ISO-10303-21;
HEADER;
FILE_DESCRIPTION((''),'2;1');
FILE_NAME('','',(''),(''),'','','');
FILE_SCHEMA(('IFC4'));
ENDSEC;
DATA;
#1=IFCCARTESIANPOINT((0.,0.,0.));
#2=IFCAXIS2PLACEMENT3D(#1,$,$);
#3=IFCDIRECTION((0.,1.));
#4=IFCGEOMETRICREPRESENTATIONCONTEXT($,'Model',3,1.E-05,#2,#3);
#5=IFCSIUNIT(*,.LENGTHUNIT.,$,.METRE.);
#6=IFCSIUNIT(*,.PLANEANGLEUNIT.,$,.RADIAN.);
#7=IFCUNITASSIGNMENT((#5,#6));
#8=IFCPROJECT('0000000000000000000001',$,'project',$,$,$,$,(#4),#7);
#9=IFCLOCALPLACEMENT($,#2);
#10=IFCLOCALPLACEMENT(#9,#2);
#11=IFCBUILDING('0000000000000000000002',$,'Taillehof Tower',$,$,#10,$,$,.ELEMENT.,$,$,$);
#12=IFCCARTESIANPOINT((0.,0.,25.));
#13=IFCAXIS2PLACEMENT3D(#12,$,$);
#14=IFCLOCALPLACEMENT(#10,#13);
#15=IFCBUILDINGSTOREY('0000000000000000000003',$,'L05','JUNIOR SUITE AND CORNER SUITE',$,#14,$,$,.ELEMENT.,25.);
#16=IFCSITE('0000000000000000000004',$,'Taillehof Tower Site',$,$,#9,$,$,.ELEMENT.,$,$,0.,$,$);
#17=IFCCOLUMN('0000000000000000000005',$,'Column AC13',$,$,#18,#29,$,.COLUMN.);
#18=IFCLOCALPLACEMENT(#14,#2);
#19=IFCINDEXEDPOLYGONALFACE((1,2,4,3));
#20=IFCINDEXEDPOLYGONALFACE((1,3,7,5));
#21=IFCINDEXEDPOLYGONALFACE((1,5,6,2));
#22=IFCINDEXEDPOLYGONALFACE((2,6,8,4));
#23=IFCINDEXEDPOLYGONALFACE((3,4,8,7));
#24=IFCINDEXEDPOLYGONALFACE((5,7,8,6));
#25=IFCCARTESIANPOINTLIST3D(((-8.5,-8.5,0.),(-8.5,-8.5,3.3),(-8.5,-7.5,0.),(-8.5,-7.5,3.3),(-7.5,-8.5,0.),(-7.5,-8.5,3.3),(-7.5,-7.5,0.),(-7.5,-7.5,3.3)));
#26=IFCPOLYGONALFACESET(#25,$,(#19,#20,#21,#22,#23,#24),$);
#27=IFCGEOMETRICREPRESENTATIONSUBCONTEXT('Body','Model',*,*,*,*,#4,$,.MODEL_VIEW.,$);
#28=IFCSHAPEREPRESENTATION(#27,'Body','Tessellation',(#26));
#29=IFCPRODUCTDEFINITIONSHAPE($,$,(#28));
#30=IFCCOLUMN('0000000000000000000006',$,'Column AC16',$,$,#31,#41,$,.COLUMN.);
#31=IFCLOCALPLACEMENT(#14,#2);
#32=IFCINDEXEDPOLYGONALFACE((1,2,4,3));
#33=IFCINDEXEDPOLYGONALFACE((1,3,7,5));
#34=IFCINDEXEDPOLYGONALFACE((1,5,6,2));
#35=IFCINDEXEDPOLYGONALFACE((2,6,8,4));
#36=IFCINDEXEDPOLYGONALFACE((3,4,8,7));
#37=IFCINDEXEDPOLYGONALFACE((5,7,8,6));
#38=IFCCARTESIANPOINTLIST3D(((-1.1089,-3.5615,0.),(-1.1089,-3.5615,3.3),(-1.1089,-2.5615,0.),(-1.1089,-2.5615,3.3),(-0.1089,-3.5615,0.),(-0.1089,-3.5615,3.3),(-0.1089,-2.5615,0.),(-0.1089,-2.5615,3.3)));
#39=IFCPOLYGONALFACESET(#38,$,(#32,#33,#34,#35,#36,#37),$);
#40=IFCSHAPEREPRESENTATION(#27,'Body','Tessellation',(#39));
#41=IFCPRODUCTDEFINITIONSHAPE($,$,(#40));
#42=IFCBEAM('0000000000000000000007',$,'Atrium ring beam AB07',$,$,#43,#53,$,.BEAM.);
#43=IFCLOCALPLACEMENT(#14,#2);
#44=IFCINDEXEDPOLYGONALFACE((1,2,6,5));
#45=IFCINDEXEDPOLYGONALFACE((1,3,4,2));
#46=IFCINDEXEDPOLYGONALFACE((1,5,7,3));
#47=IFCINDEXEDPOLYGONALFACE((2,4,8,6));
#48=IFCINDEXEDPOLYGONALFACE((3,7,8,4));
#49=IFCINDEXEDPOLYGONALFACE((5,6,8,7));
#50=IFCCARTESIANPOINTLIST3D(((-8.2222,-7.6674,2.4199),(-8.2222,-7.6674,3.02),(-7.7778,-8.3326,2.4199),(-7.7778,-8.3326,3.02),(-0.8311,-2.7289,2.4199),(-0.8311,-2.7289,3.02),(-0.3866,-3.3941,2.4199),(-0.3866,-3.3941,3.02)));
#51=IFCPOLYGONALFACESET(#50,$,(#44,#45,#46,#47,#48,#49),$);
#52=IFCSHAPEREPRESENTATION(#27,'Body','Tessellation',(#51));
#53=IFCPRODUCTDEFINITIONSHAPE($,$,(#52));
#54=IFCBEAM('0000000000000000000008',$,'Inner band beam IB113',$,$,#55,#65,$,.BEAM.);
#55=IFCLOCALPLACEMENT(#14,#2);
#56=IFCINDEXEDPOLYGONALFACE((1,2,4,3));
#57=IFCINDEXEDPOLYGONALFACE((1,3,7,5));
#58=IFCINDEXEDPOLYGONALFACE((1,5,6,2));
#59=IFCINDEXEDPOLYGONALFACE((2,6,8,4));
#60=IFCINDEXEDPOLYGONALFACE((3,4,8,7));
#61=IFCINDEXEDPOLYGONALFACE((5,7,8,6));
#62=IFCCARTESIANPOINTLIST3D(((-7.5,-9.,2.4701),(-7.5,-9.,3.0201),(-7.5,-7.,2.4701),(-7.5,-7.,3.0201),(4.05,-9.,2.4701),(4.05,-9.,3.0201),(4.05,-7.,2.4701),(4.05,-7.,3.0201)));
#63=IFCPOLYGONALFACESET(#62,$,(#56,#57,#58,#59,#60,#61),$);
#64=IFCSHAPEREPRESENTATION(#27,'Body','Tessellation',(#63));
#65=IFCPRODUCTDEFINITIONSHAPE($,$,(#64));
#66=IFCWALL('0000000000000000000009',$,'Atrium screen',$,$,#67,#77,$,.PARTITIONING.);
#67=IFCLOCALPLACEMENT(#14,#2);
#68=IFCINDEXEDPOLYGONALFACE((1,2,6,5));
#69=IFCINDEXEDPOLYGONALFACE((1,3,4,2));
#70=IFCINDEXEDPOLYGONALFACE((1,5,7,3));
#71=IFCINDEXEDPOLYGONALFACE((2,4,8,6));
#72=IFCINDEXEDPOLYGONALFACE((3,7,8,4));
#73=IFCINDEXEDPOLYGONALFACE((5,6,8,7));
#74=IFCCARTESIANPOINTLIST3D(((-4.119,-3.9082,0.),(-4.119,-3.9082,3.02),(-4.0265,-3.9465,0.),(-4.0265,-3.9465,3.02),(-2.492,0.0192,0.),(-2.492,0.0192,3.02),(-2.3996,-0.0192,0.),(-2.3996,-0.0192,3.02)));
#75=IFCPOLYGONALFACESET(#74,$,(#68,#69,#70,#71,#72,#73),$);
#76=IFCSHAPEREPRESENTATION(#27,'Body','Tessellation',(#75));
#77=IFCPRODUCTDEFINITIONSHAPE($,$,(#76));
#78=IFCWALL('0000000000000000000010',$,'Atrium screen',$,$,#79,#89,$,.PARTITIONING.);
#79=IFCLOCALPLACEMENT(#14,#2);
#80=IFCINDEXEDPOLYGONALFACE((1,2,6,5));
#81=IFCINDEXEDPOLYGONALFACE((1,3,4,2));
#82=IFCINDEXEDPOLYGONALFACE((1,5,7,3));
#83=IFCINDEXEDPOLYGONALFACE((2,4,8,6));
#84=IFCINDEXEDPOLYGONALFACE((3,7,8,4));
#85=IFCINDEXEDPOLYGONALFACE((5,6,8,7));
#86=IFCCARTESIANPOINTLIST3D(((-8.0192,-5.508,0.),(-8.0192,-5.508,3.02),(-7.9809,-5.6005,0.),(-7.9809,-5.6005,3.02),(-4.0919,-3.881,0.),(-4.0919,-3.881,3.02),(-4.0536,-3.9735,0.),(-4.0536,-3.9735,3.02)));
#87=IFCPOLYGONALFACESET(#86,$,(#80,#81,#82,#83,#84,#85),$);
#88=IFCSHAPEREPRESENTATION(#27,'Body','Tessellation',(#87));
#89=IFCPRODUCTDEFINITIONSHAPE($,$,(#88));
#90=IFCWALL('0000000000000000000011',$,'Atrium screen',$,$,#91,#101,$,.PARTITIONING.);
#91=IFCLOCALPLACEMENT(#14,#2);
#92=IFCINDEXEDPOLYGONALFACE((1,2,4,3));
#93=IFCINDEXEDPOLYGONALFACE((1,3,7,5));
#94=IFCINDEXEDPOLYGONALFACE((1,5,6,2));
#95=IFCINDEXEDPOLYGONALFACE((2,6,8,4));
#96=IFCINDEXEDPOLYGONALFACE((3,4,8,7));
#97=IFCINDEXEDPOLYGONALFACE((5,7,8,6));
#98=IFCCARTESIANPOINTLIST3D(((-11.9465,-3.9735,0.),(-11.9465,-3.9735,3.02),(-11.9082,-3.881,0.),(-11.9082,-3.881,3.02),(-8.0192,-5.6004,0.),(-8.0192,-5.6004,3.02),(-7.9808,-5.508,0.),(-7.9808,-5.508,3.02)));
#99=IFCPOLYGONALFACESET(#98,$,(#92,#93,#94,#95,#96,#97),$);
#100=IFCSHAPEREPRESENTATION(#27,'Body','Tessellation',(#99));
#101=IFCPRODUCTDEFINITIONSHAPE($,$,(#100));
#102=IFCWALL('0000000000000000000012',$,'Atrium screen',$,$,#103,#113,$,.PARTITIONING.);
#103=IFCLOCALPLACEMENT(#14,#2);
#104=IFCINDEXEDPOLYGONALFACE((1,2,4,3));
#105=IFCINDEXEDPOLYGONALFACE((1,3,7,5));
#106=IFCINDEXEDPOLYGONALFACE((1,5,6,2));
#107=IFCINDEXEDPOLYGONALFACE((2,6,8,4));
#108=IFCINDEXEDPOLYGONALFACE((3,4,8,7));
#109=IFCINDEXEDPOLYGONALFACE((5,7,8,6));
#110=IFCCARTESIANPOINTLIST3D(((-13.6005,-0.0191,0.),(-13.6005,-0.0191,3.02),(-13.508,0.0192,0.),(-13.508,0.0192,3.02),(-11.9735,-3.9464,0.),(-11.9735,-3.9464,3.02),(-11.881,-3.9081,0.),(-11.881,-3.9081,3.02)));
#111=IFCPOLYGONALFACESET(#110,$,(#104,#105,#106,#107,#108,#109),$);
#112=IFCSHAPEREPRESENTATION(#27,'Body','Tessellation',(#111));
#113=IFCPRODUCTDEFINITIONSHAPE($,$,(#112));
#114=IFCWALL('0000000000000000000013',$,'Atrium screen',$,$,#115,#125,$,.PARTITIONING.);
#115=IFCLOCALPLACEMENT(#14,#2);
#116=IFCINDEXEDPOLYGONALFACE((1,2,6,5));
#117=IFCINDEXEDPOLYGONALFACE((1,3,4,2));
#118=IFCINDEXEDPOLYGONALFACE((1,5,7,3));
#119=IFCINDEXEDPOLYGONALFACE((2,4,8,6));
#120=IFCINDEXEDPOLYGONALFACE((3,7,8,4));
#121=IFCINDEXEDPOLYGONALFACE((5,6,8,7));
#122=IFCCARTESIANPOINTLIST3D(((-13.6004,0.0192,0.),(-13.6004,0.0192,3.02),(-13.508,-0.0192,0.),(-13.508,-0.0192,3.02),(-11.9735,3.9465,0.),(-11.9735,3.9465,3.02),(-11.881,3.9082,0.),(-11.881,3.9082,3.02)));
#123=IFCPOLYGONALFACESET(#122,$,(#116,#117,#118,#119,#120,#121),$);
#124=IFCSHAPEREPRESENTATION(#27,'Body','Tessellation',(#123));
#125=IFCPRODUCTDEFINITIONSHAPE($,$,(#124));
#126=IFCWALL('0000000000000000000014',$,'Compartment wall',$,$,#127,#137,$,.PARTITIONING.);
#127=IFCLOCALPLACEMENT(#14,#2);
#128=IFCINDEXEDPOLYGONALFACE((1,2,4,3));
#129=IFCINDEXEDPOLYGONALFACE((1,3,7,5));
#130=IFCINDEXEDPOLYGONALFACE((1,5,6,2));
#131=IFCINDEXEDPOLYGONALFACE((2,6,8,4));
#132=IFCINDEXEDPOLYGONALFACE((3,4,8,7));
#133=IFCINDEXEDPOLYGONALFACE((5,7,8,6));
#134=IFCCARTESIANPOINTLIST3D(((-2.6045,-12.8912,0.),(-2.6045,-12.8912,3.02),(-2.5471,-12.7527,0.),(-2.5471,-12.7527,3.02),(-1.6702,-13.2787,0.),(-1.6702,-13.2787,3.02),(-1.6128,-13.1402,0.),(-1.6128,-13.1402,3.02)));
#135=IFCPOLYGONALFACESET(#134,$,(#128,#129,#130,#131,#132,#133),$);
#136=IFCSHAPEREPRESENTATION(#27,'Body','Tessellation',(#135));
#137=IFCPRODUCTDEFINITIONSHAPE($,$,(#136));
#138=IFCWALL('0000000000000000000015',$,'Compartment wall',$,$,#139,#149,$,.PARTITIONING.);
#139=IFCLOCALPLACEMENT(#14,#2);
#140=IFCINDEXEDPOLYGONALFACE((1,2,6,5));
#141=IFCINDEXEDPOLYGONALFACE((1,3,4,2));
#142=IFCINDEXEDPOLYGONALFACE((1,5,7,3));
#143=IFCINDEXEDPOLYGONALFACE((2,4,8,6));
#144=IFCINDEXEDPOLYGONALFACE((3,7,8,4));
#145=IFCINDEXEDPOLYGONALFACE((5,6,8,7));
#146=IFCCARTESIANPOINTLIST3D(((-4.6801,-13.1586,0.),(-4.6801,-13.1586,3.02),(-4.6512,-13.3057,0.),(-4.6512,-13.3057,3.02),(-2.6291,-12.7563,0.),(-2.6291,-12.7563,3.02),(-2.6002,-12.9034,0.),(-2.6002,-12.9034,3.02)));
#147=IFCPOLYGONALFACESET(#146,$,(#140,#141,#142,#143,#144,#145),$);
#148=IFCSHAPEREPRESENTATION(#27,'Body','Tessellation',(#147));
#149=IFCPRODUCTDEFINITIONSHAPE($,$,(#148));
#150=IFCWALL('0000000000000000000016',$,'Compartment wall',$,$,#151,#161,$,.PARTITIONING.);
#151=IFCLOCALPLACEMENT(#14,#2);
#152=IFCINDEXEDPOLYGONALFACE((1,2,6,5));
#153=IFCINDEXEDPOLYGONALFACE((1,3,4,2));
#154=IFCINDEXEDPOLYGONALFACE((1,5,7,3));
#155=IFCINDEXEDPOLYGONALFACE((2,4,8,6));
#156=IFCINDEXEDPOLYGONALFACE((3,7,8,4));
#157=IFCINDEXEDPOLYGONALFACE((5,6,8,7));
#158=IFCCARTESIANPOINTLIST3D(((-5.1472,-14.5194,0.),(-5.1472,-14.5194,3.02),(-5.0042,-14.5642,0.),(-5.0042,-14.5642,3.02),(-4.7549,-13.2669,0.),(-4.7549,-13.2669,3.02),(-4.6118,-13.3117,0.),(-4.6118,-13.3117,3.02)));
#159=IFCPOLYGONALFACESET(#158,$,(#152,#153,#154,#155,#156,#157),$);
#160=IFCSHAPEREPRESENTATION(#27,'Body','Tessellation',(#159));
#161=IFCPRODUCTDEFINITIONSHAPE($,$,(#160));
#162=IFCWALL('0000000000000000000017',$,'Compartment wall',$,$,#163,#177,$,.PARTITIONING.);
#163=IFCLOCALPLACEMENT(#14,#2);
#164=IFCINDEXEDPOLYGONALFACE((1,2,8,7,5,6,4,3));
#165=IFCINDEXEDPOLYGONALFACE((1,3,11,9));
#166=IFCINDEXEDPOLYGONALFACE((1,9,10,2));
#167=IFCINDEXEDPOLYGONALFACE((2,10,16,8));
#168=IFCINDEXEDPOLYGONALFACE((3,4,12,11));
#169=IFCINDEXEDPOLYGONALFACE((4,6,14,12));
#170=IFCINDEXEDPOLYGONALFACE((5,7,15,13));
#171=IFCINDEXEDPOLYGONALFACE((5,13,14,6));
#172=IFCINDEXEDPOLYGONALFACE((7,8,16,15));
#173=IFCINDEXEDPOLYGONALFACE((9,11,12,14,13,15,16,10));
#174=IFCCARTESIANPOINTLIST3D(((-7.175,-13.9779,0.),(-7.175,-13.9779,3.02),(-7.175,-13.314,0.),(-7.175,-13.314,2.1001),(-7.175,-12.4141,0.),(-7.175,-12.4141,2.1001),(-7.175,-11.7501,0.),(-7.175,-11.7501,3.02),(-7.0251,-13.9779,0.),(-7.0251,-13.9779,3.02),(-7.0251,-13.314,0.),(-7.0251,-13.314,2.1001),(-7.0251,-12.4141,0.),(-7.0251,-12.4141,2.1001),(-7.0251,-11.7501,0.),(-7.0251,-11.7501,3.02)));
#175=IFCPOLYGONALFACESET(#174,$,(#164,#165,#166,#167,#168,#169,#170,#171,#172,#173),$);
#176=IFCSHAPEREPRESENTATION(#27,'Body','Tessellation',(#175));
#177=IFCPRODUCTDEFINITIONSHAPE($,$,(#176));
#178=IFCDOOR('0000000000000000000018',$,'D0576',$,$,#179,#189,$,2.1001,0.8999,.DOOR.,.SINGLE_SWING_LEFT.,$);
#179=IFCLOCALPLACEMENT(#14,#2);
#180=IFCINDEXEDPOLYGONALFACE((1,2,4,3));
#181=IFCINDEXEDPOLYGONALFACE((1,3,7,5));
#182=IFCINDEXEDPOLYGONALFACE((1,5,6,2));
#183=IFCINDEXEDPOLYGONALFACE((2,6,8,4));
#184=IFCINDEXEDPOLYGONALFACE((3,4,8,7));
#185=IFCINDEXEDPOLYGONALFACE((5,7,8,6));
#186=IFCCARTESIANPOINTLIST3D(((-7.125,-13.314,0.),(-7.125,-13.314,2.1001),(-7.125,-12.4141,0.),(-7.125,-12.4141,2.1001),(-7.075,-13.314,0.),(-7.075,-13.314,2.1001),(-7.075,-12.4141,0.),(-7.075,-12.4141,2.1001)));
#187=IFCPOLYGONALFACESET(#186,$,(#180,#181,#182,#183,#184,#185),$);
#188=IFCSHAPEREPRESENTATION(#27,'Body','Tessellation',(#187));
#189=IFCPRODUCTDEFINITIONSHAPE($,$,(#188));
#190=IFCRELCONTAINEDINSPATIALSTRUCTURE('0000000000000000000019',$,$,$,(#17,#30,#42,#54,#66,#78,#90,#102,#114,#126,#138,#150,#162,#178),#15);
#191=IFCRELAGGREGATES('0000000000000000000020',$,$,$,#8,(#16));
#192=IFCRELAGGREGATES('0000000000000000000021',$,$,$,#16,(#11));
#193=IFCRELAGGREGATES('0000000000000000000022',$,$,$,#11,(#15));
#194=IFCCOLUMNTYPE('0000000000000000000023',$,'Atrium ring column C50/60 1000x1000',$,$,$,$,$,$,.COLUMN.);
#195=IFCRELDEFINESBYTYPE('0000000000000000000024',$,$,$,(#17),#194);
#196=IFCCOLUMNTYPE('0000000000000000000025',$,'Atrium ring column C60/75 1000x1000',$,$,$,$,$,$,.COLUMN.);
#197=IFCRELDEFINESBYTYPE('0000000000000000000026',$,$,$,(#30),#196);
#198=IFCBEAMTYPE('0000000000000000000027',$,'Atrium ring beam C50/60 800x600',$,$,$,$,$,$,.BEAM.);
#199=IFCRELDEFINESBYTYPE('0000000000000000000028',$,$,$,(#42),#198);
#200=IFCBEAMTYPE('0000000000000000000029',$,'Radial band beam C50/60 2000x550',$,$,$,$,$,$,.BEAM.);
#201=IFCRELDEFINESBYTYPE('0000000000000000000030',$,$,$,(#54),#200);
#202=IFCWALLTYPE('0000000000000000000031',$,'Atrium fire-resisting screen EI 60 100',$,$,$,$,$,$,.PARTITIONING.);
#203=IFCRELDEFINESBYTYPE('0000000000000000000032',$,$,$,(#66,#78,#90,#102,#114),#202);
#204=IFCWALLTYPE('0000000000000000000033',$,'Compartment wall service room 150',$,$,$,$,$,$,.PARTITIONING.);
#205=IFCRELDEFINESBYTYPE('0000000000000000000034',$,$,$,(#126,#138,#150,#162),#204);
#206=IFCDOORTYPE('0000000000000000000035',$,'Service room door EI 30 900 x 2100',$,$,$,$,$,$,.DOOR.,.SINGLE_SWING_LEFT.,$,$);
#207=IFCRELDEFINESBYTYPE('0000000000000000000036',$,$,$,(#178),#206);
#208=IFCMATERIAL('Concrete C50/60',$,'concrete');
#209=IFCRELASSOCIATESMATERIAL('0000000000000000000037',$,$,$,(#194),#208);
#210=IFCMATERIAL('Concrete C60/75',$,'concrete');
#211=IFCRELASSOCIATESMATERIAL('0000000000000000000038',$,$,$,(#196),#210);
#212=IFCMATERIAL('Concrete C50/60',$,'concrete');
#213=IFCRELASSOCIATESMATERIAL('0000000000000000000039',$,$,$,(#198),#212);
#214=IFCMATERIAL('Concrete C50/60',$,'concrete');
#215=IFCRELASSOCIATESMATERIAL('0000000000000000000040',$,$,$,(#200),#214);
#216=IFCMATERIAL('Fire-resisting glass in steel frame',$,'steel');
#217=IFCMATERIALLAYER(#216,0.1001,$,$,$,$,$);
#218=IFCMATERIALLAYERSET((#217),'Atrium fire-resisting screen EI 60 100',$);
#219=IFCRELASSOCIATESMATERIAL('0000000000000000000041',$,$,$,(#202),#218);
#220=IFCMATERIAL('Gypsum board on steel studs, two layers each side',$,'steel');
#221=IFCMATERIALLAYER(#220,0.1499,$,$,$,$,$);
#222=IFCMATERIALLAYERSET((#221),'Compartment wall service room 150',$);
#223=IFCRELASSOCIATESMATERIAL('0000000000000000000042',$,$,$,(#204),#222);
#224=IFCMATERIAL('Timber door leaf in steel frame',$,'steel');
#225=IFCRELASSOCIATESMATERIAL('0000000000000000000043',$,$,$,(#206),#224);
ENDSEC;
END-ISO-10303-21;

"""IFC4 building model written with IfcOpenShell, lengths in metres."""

from ifc_helpers import new_model, si_unit, direction, frame, frame_2d, origin, origin_2d, place, context, subcontext, project, spatial, rectangle, extrude, material, layer, layer_set, material_profile, profile_set, type_object, element, fill, save


model = new_model("IFC4")

# Units and contexts
model_context = context("Model", 3, precision=1e-05, world=origin(), true_north=direction((0.0, 1.0)))
body_context = subcontext(model_context, "Body", "Model", "MODEL_VIEW")
ifc_project = project(units=[si_unit("LENGTHUNIT", "METRE"), si_unit("PLANEANGLEUNIT", "RADIAN")], contexts=[model_context])

# Site, building, storey
site_placement = place(None, origin())
site = spatial("IfcSite", under=ifc_project, at=site_placement, Name="Taillehof Tower Site", CompositionType="ELEMENT", RefElevation=0.0)
building_placement = place(site_placement, origin())
building = spatial("IfcBuilding", under=site, at=building_placement, Name="Taillehof Tower", CompositionType="ELEMENT")
storey_placement = place(building_placement, frame((0.0, 0.0, 25.0)))
storey = spatial("IfcBuildingStorey", under=building, at=storey_placement, Name="L05", Description="JUNIOR SUITE AND CORNER SUITE", CompositionType="ELEMENT", Elevation=25.0)

# Columns
ifc_material_1 = material(Name="Concrete C50/60", Category="concrete")
ifc_material_profile_1 = material_profile(ifc_material_1, rectangle(XDim=1.0, YDim=1.0, at=origin_2d()), Name="RC 1000x1000")
ifc_profile_set_1 = profile_set([ifc_material_profile_1], Name="Concrete C50/60")
column_type_1 = type_object("IfcColumnType", Name="Atrium ring column C50/60 1000x1000", PredefinedType="COLUMN", material=ifc_profile_set_1)
column_1_placement = place(storey_placement, frame((-8.0, -8.0, 0.0), z_axis=(0.0, 0.0, 1.0), x_axis=(1.0, 0.0, 0.0)))
element("IfcColumn", 1, at=column_1_placement, inside=storey, type_object=column_type_1, Name="Column AC13", PredefinedType="COLUMN", context=body_context, shape_type="SweptSolid", body=[
    extrude(rectangle(XDim=1.0, YDim=1.0, at=origin_2d()), origin(), (0.0, 0.0, 1.0), 3.3),
])
ifc_material_2 = material(Name="Concrete C60/75", Category="concrete")
ifc_material_profile_2 = material_profile(ifc_material_2, rectangle(XDim=1.0, YDim=1.0, at=origin_2d()), Name="RC 1000x1000")
ifc_profile_set_2 = profile_set([ifc_material_profile_2], Name="Concrete C60/75")
column_type_2 = type_object("IfcColumnType", Name="Atrium ring column C60/75 1000x1000", PredefinedType="COLUMN", material=ifc_profile_set_2)
column_2_placement = place(storey_placement, frame((-0.6089, -3.0615, 0.0), z_axis=(0.0, 0.0, 1.0), x_axis=(1.0, 0.0, 0.0)))
element("IfcColumn", 2, at=column_2_placement, inside=storey, type_object=column_type_2, Name="Column AC16", PredefinedType="COLUMN", context=body_context, shape_type="SweptSolid", body=[
    extrude(rectangle(XDim=1.0, YDim=1.0, at=origin_2d()), origin(), (0.0, 0.0, 1.0), 3.3),
])

# Beams
ifc_material_3 = material(Name="Concrete C50/60", Category="concrete")
ifc_material_profile_3 = material_profile(ifc_material_3, rectangle(XDim=0.8, YDim=0.6001, at=origin_2d()), Name="RC 800x600")
ifc_profile_set_3 = profile_set([ifc_material_profile_3], Name="Concrete C50/60")
beam_type_1 = type_object("IfcBeamType", Name="Atrium ring beam C50/60 800x600", PredefinedType="BEAM", material=ifc_profile_set_3)
beam_1_placement = place(storey_placement, frame((-8.0, -8.0, 2.72), z_axis=(0.831475, 0.555562, 0.0), x_axis=(-0.555562, 0.831475, 0.0)))
element("IfcBeam", 3, at=beam_1_placement, inside=storey, type_object=beam_type_1, Name="Atrium ring beam AB07", PredefinedType="BEAM", context=body_context, shape_type="SweptSolid", body=[
    extrude(rectangle(XDim=0.8, YDim=0.6001, at=origin_2d()), origin(), (0.0, 0.0, 1.0), 8.8892),
])
ifc_material_4 = material(Name="Concrete C50/60", Category="concrete")
ifc_material_profile_4 = material_profile(ifc_material_4, rectangle(XDim=2.0, YDim=0.55, at=origin_2d()), Name="RC 2000x550")
ifc_profile_set_4 = profile_set([ifc_material_profile_4], Name="Concrete C50/60")
beam_type_2 = type_object("IfcBeamType", Name="Radial band beam C50/60 2000x550", PredefinedType="BEAM", material=ifc_profile_set_4)
beam_2_placement = place(storey_placement, frame((-7.5, -8.0, 2.7451), z_axis=(1.0, 0.0, 0.0), x_axis=(0.0, 1.0, 0.0)))
element("IfcBeam", 4, at=beam_2_placement, inside=storey, type_object=beam_type_2, Name="Inner band beam IB113", PredefinedType="BEAM", context=body_context, shape_type="SweptSolid", body=[
    extrude(rectangle(XDim=2.0, YDim=0.55, at=origin_2d()), origin(), (0.0, 0.0, 1.0), 11.55),
])

# Walls
ifc_material_5 = material(Name="Fire-resisting glass in steel frame", Category="steel")
ifc_layer_1 = layer(ifc_material_5, 0.1001)
ifc_layer_set_1 = layer_set([ifc_layer_1], Name="Atrium fire-resisting screen EI 60 100")
wall_type_1 = type_object("IfcWallType", Name="Atrium fire-resisting screen EI 60 100", PredefinedType="PARTITIONING", material=ifc_layer_set_1)
for number, where, z_axis, x_axis, name in (
    (5, (-2.4458, 0.0, 0.0), (0.0, 0.0, 1.0), (-0.382731, -0.92386, 0.0), "Atrium screen"),
    (6, (-4.0728, -3.9272, 0.0), (0.0, 0.0, 1.0), (-0.92386, -0.382731, 0.0), "Atrium screen"),
    (7, (-8.0, -5.5542, 0.0), (0.0, 0.0, 1.0), (-0.92386, 0.382731, 0.0), "Atrium screen"),
    (8, (-11.9272, -3.9272, 0.0), (0.0, 0.0, 1.0), (-0.382731, 0.92386, 0.0), "Atrium screen"),
    (9, (-13.5542, 0.0, 0.0), (0.0, 0.0, 1.0), (0.382731, 0.92386, 0.0), "Atrium screen"),
):
    element("IfcWall", number, at=place(storey_placement, frame(where, z_axis=z_axis, x_axis=x_axis)), inside=storey, type_object=wall_type_1, Name=name, PredefinedType="PARTITIONING", context=body_context, shape_type="SweptSolid", body=[
        extrude(rectangle(XDim=4.251, YDim=0.1001, at=frame_2d((2.1255, 0.0))), origin(), (0.0, 0.0, 1.0), 3.02),
    ])
ifc_material_6 = material(Name="Gypsum board on steel studs, two layers each side", Category="steel")
ifc_layer_2 = layer(ifc_material_6, 0.1499)
ifc_layer_set_2 = layer_set([ifc_layer_2], Name="Compartment wall service room 150")
wall_type_2 = type_object("IfcWallType", Name="Compartment wall service room 150", PredefinedType="PARTITIONING", material=ifc_layer_set_2)
wall_1_placement = place(storey_placement, frame((-1.6414, -13.2095, 0.0), z_axis=(0.0, 0.0, 1.0), x_axis=(-0.923725, 0.383055, 0.0)))
element("IfcWall", 10, at=wall_1_placement, inside=storey, type_object=wall_type_2, Name="Compartment wall", PredefinedType="PARTITIONING", context=body_context, shape_type="SweptSolid", body=[
    extrude(rectangle(XDim=1.0115, YDim=0.1499, at=frame_2d((0.5059, 0.0))), origin(), (0.0, 0.0, 1.0), 3.02),
])
wall_2_placement = place(storey_placement, frame((-2.6147, -12.8298, 0.0), z_axis=(0.0, 0.0, 1.0), x_axis=(-0.981297, -0.192498, 0.0)))
element("IfcWall", 11, at=wall_2_placement, inside=storey, type_object=wall_type_2, Name="Compartment wall", PredefinedType="PARTITIONING", context=body_context, shape_type="SweptSolid", body=[
    extrude(rectangle(XDim=2.0901, YDim=0.1499, at=frame_2d((1.0449, 0.0))), origin(), (0.0, 0.0, 1.0), 3.02),
])
wall_3_placement = place(storey_placement, frame((-4.6833, -13.2893, 0.0), z_axis=(0.0, 0.0, 1.0), x_axis=(-0.298932, -0.954275, 0.0)))
element("IfcWall", 12, at=wall_3_placement, inside=storey, type_object=wall_type_2, Name="Compartment wall", PredefinedType="PARTITIONING", context=body_context, shape_type="SweptSolid", body=[
    extrude(rectangle(XDim=1.3125, YDim=0.1499, at=frame_2d((0.6562, 0.0))), origin(), (0.0, 0.0, 1.0), 3.02),
])

# Wall, opening, door
wall_4_placement = place(storey_placement, frame((-7.1001, -13.9778, 0.0), z_axis=(0.0, 0.0, 1.0), x_axis=(0.0, 1.0, 0.0)))
wall_4 = element("IfcWall", 13, at=wall_4_placement, inside=storey, type_object=wall_type_2, Name="Compartment wall", PredefinedType="PARTITIONING", context=body_context, shape_type="SweptSolid", body=[
    extrude(rectangle(XDim=2.2278, YDim=0.1499, at=frame_2d((1.1138, 0.0))), origin(), (0.0, 0.0, 1.0), 3.02),
])
opening_1_placement = place(wall_4_placement, frame((0.6638, 0.0, 0.0)))
opening_1 = element("IfcOpeningElement", 14, at=opening_1_placement, cuts=wall_4, PredefinedType="OPENING", context=body_context, shape_type="SweptSolid", body=[
    extrude(rectangle(XDim=0.8999, YDim=2.1001, at=frame_2d((0.45, 1.05))), frame((0.0, 0.085, 0.0), z_axis=(0.0, -1.0, 0.0), x_axis=(1.0, 0.0, 0.0)), (0.0, 0.0, 1.0), 0.1699),
])
ifc_material_7 = material(Name="Timber door leaf in steel frame", Category="steel")
door_type_1 = type_object("IfcDoorType", Name="Service room door EI 30 900 x 2100", OperationType="SINGLE_SWING_LEFT", PredefinedType="DOOR", material=ifc_material_7)
door_1_placement = place(opening_1_placement, origin())
door_1 = element("IfcDoor", 15, at=door_1_placement, inside=storey, type_object=door_type_1, Name="D0576", OperationType="SINGLE_SWING_LEFT", OverallHeight=2.1001, OverallWidth=0.8999, PredefinedType="DOOR", context=body_context, shape_type="SweptSolid", body=[
    extrude(rectangle(XDim=0.8999, YDim=2.1001, at=frame_2d((0.45, 1.05))), frame((0.0, 0.0249, 0.0), z_axis=(0.0, -1.0, 0.0), x_axis=(1.0, 0.0, 0.0)), (0.0, 0.0, 1.0), 0.05),
])
fill(opening_1, door_1)

save(model, "model.ifc")
